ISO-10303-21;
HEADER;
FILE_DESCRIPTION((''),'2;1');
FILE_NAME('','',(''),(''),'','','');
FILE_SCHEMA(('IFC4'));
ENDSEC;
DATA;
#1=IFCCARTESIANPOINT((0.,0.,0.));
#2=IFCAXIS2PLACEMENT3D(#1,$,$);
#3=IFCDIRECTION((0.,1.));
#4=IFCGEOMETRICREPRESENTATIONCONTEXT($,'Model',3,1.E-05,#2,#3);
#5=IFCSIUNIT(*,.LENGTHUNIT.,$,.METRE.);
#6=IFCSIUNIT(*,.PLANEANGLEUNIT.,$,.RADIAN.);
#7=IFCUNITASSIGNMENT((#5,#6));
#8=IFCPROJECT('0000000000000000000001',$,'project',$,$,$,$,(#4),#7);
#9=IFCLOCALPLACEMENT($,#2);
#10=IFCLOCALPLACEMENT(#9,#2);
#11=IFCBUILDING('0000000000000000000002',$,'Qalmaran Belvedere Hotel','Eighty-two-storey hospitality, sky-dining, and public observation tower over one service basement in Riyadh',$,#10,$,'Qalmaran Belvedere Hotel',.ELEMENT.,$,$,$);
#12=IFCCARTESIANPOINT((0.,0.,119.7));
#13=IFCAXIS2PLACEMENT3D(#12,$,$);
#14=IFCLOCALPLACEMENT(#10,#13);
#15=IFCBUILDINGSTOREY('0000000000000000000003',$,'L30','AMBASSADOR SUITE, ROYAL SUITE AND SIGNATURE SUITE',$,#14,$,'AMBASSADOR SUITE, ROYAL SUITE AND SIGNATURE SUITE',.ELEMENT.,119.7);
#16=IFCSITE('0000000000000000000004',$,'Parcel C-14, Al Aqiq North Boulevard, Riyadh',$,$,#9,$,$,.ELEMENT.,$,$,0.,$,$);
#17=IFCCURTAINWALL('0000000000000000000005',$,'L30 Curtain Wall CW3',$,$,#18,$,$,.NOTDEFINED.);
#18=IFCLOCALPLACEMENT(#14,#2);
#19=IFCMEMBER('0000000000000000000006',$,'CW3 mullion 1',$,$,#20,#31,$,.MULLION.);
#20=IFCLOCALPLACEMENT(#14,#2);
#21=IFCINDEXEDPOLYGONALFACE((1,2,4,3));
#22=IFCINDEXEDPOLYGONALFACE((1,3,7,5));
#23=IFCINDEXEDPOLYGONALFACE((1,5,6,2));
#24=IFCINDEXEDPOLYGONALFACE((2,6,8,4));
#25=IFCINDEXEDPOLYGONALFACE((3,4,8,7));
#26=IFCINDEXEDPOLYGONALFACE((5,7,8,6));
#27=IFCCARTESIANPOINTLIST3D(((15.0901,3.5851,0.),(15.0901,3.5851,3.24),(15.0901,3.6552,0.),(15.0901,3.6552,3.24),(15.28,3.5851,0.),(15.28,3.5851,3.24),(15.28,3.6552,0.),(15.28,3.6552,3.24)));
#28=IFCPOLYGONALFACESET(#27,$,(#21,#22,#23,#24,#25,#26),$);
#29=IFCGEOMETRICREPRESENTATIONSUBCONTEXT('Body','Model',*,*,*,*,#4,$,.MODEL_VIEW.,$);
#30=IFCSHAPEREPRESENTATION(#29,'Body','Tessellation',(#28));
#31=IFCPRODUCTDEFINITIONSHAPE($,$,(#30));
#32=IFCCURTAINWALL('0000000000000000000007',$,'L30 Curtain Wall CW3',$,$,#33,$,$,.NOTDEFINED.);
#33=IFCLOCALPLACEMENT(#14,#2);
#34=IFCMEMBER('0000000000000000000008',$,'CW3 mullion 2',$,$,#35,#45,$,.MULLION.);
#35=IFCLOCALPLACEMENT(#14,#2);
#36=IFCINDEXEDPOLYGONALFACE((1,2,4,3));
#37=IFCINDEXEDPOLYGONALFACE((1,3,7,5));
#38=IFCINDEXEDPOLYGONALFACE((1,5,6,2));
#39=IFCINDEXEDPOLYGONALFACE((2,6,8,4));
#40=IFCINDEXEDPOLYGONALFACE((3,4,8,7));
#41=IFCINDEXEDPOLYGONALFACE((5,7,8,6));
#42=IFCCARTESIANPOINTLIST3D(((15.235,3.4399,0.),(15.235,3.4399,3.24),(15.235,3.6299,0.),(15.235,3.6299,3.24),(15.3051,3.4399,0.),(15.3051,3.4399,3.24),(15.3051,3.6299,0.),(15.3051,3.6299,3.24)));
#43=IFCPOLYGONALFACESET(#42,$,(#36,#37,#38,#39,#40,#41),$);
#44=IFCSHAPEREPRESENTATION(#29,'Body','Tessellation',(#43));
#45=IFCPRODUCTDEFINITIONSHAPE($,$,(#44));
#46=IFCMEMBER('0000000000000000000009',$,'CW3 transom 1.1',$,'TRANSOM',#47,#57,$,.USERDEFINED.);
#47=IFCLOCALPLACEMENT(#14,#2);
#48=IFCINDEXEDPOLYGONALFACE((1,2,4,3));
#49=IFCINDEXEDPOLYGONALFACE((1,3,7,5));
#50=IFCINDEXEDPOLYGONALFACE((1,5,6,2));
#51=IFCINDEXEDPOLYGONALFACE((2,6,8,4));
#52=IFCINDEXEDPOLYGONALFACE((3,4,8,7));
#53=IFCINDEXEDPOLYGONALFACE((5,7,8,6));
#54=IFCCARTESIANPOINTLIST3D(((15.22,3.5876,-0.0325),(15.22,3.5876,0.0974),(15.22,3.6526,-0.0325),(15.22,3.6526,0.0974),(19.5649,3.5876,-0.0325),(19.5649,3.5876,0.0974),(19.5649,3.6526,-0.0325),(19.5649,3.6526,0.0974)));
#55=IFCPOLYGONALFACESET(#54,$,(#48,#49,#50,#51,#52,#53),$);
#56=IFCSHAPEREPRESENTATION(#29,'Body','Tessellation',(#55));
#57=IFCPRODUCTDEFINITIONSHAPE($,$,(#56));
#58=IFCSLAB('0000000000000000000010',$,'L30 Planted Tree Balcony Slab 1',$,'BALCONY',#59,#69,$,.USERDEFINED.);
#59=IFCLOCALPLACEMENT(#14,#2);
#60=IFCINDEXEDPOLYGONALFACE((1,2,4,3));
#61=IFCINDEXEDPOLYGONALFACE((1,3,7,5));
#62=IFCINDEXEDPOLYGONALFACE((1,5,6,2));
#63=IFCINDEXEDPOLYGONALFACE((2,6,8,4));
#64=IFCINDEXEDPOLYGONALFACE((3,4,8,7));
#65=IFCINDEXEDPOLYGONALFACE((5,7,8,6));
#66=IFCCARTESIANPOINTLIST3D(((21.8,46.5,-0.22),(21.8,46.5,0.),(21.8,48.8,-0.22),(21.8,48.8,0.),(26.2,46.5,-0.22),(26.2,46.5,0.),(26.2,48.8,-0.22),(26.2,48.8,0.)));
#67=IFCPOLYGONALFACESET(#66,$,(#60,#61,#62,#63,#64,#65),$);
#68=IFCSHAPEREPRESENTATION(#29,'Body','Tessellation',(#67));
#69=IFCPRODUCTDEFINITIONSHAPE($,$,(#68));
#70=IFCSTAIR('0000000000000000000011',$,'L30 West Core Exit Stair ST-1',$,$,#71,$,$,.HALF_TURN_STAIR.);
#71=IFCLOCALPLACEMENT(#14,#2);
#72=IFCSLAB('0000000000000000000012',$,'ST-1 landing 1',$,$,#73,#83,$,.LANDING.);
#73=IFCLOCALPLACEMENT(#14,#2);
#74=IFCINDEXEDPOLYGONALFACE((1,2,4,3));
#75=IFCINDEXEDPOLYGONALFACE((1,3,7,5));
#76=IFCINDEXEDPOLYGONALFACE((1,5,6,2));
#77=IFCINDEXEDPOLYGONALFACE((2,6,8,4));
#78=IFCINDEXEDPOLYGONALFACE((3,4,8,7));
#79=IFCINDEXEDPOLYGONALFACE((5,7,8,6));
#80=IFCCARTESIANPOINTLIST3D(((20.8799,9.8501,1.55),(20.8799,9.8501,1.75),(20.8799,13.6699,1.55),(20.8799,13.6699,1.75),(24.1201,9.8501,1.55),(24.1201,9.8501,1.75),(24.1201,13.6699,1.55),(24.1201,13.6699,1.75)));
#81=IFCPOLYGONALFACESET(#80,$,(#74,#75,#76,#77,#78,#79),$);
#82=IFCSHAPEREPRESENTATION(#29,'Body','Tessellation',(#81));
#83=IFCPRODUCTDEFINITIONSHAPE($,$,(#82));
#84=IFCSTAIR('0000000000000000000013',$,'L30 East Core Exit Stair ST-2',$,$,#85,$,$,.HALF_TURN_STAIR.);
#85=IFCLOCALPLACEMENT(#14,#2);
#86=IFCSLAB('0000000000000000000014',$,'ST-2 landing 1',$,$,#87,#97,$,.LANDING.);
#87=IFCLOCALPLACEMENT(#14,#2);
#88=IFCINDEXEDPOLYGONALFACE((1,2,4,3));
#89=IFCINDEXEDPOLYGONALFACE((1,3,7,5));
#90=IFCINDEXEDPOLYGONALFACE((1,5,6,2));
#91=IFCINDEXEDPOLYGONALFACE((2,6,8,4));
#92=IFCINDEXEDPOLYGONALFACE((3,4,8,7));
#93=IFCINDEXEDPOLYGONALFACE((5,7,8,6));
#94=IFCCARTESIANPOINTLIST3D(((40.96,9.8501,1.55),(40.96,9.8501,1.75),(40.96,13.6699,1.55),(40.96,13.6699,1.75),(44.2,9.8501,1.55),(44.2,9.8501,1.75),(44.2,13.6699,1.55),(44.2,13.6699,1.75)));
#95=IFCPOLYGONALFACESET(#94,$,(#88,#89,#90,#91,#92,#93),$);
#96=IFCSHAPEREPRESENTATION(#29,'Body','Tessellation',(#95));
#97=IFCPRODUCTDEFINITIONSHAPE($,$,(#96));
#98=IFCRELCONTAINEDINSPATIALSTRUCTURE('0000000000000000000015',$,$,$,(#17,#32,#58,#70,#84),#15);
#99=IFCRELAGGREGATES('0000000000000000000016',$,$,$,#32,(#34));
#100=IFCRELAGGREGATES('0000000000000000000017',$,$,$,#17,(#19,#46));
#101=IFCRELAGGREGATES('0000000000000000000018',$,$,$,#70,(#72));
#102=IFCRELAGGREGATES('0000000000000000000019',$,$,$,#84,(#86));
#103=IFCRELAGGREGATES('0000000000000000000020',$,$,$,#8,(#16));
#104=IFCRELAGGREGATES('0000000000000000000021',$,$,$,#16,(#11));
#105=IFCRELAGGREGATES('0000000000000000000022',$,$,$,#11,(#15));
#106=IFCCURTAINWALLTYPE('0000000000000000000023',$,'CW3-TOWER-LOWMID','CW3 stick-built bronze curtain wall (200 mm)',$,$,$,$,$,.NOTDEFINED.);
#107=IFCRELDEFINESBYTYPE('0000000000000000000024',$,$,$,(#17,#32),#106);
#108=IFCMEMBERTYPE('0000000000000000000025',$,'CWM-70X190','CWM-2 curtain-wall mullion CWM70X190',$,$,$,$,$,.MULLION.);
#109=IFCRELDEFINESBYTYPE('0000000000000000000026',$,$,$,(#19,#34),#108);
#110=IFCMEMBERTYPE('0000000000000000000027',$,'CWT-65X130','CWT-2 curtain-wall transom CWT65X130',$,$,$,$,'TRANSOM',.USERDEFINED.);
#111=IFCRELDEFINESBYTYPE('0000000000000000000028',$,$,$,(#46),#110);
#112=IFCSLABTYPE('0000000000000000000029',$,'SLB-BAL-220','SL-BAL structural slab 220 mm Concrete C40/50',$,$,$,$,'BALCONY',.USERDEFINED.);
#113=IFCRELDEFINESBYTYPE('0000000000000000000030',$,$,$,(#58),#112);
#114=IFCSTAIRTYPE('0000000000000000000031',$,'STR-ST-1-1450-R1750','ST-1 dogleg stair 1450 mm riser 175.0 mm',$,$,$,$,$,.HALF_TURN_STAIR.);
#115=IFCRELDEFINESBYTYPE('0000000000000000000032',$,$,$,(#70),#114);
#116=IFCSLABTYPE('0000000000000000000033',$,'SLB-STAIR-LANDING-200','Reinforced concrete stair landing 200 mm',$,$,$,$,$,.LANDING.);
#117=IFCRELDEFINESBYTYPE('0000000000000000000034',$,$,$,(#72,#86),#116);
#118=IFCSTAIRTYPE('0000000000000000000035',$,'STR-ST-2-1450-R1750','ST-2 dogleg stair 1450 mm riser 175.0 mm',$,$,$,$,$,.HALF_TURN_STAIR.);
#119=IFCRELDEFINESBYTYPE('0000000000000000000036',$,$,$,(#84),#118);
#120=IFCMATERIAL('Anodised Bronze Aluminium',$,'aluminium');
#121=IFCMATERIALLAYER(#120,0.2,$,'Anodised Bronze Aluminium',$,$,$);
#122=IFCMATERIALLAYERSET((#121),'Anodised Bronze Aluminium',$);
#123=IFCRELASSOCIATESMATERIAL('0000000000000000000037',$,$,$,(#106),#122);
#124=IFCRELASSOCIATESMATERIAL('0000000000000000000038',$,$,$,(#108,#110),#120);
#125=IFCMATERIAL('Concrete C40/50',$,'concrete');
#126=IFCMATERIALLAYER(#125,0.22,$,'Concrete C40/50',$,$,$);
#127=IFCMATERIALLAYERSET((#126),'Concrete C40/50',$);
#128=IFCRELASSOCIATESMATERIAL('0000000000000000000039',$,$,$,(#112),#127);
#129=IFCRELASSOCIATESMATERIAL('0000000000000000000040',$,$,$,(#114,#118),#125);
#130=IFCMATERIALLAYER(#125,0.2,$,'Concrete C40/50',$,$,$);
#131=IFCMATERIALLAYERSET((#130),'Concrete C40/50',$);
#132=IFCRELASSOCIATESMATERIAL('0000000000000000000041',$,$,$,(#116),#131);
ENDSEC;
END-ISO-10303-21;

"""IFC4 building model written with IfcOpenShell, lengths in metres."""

from ifc_helpers import new_model, si_unit, direction, frame, origin, origin_2d, place, context, subcontext, project, spatial, polyline, rectangle, outline, extrude, material, layer, layer_set, material_profile, profile_set, type_object, element, aggregate, save


model = new_model("IFC4")

# Units and contexts
model_context = context("Model", 3, precision=1e-05, world=origin(), true_north=direction((0.0, 1.0)))
body_context = subcontext(model_context, "Body", "Model", "MODEL_VIEW")
ifc_project = project(units=[si_unit("LENGTHUNIT", "METRE"), si_unit("PLANEANGLEUNIT", "RADIAN")], contexts=[model_context])

# Site, building, storey
site_placement = place(None, origin())
site = spatial("IfcSite", under=ifc_project, at=site_placement, Name="Parcel C-14, Al Aqiq North Boulevard, Riyadh", CompositionType="ELEMENT", RefElevation=0.0)
building_placement = place(site_placement, origin())
building = spatial("IfcBuilding", under=site, at=building_placement, Name="Qalmaran Belvedere Hotel", Description="Eighty-two-storey hospitality, sky-dining, and public observation tower over one service basement in Riyadh", LongName="Qalmaran Belvedere Hotel", CompositionType="ELEMENT")
storey_placement = place(building_placement, frame((0.0, 0.0, 119.7)))
storey = spatial("IfcBuildingStorey", under=building, at=storey_placement, Name="L30", Description="AMBASSADOR SUITE, ROYAL SUITE AND SIGNATURE SUITE", LongName="AMBASSADOR SUITE, ROYAL SUITE AND SIGNATURE SUITE", CompositionType="ELEMENT", Elevation=119.7)

# Curtain walls, members
ifc_material_1 = material(Name="Anodised Bronze Aluminium", Category="aluminium")
ifc_layer_1 = layer(ifc_material_1, 0.2, Name="Anodised Bronze Aluminium")
ifc_layer_set_1 = layer_set([ifc_layer_1], Name="Anodised Bronze Aluminium")
curtain_wall_type = type_object("IfcCurtainWallType", Name="CW3-TOWER-LOWMID", Description="CW3 stick-built bronze curtain wall (200 mm)", PredefinedType="NOTDEFINED", material=ifc_layer_set_1)
curtain_wall_1_placement = place(storey_placement, origin())
curtain_wall_1 = element("IfcCurtainWall", 1, at=curtain_wall_1_placement, inside=storey, type_object=curtain_wall_type, Name="L30 Curtain Wall CW3", PredefinedType="NOTDEFINED")
ifc_material_profile_1 = material_profile(ifc_material_1, rectangle(XDim=0.0701, YDim=0.1899, at=origin_2d()), Name="CWM70X190")
ifc_profile_set_1 = profile_set([ifc_material_profile_1], Name="Anodised Bronze Aluminium")
member_type_1 = type_object("IfcMemberType", Name="CWM-70X190", Description="CWM-2 curtain-wall mullion CWM70X190", PredefinedType="MULLION", material=ifc_profile_set_1)
member_1_placement = place(storey_placement, frame((15.1851, 3.6201, 0.0), z_axis=(0.0, 0.0, 1.0), x_axis=(0.0, 1.0, 0.0)))
member_1 = element("IfcMember", 2, at=member_1_placement, type_object=member_type_1, Name="CW3 mullion 1", PredefinedType="MULLION", context=body_context, shape_type="SweptSolid", body=[
    extrude(rectangle(XDim=0.0701, YDim=0.1899, at=origin_2d()), origin(), (0.0, 0.0, 1.0), 3.24),
])
curtain_wall_2_placement = place(storey_placement, origin())
curtain_wall_2 = element("IfcCurtainWall", 3, at=curtain_wall_2_placement, inside=storey, type_object=curtain_wall_type, Name="L30 Curtain Wall CW3", PredefinedType="NOTDEFINED")
member_2_placement = place(storey_placement, frame((15.27, 3.5349, 0.0), z_axis=(0.0, 0.0, 1.0), x_axis=(1.0, 0.0, 0.0)))
member_2 = element("IfcMember", 4, at=member_2_placement, type_object=member_type_1, Name="CW3 mullion 2", PredefinedType="MULLION", context=body_context, shape_type="SweptSolid", body=[
    extrude(rectangle(XDim=0.0701, YDim=0.1899, at=origin_2d()), origin(), (0.0, 0.0, 1.0), 3.24),
])
aggregate(curtain_wall_2, [member_2])

# Member
ifc_material_profile_2 = material_profile(ifc_material_1, rectangle(XDim=0.0649, YDim=0.1299, at=origin_2d()), Name="CWT65X130")
ifc_profile_set_2 = profile_set([ifc_material_profile_2], Name="Anodised Bronze Aluminium")
member_type_2 = type_object("IfcMemberType", Name="CWT-65X130", Description="CWT-2 curtain-wall transom CWT65X130", ElementType="TRANSOM", PredefinedType="USERDEFINED", material=ifc_profile_set_2)
member_3_placement = place(storey_placement, frame((15.22, 3.6201, 0.0325), z_axis=(1.0, 0.0, 0.0), x_axis=(0.0, 1.0, 0.0)))
member_3 = element("IfcMember", 5, at=member_3_placement, type_object=member_type_2, Name="CW3 transom 1.1", ObjectType="TRANSOM", PredefinedType="USERDEFINED", context=body_context, shape_type="SweptSolid", body=[
    extrude(rectangle(XDim=0.0649, YDim=0.1299, at=origin_2d()), origin(), (0.0, 0.0, 1.0), 4.345),
])
aggregate(curtain_wall_1, [member_1, member_3])

# Slab
ifc_material_2 = material(Name="Concrete C40/50", Category="concrete")
ifc_layer_2 = layer(ifc_material_2, 0.22, Name="Concrete C40/50")
ifc_layer_set_2 = layer_set([ifc_layer_2], Name="Concrete C40/50")
slab_type_1 = type_object("IfcSlabType", Name="SLB-BAL-220", Description="SL-BAL structural slab 220 mm Concrete C40/50", ElementType="BALCONY", PredefinedType="USERDEFINED", material=ifc_layer_set_2)
slab_1_placement = place(storey_placement, frame((0.0, 0.0, -0.22)))
element("IfcSlab", 6, at=slab_1_placement, inside=storey, type_object=slab_type_1, Name="L30 Planted Tree Balcony Slab 1", ObjectType="BALCONY", PredefinedType="USERDEFINED", context=body_context, shape_type="SweptSolid", body=[
    extrude(outline(polyline([(21.8, 46.5), (26.2, 46.5), (26.2, 48.8), (21.8, 48.8), (21.8, 46.5)])), origin(), (0.0, 0.0, 1.0), 0.22),
])

# Stairs, slabs
stair_type_1 = type_object("IfcStairType", Name="STR-ST-1-1450-R1750", Description="ST-1 dogleg stair 1450 mm riser 175.0 mm", PredefinedType="HALF_TURN_STAIR", material=ifc_material_2)
stair_1_placement = place(storey_placement, origin())
stair_1 = element("IfcStair", 7, at=stair_1_placement, inside=storey, type_object=stair_type_1, Name="L30 West Core Exit Stair ST-1", PredefinedType="HALF_TURN_STAIR")
ifc_layer_3 = layer(ifc_material_2, 0.2, Name="Concrete C40/50")
ifc_layer_set_3 = layer_set([ifc_layer_3], Name="Concrete C40/50")
slab_type_2 = type_object("IfcSlabType", Name="SLB-STAIR-LANDING-200", Description="Reinforced concrete stair landing 200 mm", PredefinedType="LANDING", material=ifc_layer_set_3)
slab_2_placement = place(storey_placement, frame((0.0, 0.0, 1.55)))
slab_2 = element("IfcSlab", 8, at=slab_2_placement, type_object=slab_type_2, Name="ST-1 landing 1", PredefinedType="LANDING", context=body_context, shape_type="SweptSolid", body=[
    extrude(outline(polyline([(20.8799, 13.6699), (20.8799, 9.8501), (24.1201, 9.8501), (24.1201, 13.6699), (20.8799, 13.6699)])), origin(), (0.0, 0.0, 1.0), 0.2),
])
aggregate(stair_1, [slab_2])
stair_type_2 = type_object("IfcStairType", Name="STR-ST-2-1450-R1750", Description="ST-2 dogleg stair 1450 mm riser 175.0 mm", PredefinedType="HALF_TURN_STAIR", material=ifc_material_2)
stair_2_placement = place(storey_placement, origin())
stair_2 = element("IfcStair", 9, at=stair_2_placement, inside=storey, type_object=stair_type_2, Name="L30 East Core Exit Stair ST-2", PredefinedType="HALF_TURN_STAIR")
slab_3_placement = place(storey_placement, frame((0.0, 0.0, 1.55)))
slab_3 = element("IfcSlab", 10, at=slab_3_placement, type_object=slab_type_2, Name="ST-2 landing 1", PredefinedType="LANDING", context=body_context, shape_type="SweptSolid", body=[
    extrude(outline(polyline([(40.96, 13.6699), (40.96, 9.8501), (44.2, 9.8501), (44.2, 13.6699), (40.96, 13.6699)])), origin(), (0.0, 0.0, 1.0), 0.2),
])
aggregate(stair_2, [slab_3])

save(model, "model.ifc")
